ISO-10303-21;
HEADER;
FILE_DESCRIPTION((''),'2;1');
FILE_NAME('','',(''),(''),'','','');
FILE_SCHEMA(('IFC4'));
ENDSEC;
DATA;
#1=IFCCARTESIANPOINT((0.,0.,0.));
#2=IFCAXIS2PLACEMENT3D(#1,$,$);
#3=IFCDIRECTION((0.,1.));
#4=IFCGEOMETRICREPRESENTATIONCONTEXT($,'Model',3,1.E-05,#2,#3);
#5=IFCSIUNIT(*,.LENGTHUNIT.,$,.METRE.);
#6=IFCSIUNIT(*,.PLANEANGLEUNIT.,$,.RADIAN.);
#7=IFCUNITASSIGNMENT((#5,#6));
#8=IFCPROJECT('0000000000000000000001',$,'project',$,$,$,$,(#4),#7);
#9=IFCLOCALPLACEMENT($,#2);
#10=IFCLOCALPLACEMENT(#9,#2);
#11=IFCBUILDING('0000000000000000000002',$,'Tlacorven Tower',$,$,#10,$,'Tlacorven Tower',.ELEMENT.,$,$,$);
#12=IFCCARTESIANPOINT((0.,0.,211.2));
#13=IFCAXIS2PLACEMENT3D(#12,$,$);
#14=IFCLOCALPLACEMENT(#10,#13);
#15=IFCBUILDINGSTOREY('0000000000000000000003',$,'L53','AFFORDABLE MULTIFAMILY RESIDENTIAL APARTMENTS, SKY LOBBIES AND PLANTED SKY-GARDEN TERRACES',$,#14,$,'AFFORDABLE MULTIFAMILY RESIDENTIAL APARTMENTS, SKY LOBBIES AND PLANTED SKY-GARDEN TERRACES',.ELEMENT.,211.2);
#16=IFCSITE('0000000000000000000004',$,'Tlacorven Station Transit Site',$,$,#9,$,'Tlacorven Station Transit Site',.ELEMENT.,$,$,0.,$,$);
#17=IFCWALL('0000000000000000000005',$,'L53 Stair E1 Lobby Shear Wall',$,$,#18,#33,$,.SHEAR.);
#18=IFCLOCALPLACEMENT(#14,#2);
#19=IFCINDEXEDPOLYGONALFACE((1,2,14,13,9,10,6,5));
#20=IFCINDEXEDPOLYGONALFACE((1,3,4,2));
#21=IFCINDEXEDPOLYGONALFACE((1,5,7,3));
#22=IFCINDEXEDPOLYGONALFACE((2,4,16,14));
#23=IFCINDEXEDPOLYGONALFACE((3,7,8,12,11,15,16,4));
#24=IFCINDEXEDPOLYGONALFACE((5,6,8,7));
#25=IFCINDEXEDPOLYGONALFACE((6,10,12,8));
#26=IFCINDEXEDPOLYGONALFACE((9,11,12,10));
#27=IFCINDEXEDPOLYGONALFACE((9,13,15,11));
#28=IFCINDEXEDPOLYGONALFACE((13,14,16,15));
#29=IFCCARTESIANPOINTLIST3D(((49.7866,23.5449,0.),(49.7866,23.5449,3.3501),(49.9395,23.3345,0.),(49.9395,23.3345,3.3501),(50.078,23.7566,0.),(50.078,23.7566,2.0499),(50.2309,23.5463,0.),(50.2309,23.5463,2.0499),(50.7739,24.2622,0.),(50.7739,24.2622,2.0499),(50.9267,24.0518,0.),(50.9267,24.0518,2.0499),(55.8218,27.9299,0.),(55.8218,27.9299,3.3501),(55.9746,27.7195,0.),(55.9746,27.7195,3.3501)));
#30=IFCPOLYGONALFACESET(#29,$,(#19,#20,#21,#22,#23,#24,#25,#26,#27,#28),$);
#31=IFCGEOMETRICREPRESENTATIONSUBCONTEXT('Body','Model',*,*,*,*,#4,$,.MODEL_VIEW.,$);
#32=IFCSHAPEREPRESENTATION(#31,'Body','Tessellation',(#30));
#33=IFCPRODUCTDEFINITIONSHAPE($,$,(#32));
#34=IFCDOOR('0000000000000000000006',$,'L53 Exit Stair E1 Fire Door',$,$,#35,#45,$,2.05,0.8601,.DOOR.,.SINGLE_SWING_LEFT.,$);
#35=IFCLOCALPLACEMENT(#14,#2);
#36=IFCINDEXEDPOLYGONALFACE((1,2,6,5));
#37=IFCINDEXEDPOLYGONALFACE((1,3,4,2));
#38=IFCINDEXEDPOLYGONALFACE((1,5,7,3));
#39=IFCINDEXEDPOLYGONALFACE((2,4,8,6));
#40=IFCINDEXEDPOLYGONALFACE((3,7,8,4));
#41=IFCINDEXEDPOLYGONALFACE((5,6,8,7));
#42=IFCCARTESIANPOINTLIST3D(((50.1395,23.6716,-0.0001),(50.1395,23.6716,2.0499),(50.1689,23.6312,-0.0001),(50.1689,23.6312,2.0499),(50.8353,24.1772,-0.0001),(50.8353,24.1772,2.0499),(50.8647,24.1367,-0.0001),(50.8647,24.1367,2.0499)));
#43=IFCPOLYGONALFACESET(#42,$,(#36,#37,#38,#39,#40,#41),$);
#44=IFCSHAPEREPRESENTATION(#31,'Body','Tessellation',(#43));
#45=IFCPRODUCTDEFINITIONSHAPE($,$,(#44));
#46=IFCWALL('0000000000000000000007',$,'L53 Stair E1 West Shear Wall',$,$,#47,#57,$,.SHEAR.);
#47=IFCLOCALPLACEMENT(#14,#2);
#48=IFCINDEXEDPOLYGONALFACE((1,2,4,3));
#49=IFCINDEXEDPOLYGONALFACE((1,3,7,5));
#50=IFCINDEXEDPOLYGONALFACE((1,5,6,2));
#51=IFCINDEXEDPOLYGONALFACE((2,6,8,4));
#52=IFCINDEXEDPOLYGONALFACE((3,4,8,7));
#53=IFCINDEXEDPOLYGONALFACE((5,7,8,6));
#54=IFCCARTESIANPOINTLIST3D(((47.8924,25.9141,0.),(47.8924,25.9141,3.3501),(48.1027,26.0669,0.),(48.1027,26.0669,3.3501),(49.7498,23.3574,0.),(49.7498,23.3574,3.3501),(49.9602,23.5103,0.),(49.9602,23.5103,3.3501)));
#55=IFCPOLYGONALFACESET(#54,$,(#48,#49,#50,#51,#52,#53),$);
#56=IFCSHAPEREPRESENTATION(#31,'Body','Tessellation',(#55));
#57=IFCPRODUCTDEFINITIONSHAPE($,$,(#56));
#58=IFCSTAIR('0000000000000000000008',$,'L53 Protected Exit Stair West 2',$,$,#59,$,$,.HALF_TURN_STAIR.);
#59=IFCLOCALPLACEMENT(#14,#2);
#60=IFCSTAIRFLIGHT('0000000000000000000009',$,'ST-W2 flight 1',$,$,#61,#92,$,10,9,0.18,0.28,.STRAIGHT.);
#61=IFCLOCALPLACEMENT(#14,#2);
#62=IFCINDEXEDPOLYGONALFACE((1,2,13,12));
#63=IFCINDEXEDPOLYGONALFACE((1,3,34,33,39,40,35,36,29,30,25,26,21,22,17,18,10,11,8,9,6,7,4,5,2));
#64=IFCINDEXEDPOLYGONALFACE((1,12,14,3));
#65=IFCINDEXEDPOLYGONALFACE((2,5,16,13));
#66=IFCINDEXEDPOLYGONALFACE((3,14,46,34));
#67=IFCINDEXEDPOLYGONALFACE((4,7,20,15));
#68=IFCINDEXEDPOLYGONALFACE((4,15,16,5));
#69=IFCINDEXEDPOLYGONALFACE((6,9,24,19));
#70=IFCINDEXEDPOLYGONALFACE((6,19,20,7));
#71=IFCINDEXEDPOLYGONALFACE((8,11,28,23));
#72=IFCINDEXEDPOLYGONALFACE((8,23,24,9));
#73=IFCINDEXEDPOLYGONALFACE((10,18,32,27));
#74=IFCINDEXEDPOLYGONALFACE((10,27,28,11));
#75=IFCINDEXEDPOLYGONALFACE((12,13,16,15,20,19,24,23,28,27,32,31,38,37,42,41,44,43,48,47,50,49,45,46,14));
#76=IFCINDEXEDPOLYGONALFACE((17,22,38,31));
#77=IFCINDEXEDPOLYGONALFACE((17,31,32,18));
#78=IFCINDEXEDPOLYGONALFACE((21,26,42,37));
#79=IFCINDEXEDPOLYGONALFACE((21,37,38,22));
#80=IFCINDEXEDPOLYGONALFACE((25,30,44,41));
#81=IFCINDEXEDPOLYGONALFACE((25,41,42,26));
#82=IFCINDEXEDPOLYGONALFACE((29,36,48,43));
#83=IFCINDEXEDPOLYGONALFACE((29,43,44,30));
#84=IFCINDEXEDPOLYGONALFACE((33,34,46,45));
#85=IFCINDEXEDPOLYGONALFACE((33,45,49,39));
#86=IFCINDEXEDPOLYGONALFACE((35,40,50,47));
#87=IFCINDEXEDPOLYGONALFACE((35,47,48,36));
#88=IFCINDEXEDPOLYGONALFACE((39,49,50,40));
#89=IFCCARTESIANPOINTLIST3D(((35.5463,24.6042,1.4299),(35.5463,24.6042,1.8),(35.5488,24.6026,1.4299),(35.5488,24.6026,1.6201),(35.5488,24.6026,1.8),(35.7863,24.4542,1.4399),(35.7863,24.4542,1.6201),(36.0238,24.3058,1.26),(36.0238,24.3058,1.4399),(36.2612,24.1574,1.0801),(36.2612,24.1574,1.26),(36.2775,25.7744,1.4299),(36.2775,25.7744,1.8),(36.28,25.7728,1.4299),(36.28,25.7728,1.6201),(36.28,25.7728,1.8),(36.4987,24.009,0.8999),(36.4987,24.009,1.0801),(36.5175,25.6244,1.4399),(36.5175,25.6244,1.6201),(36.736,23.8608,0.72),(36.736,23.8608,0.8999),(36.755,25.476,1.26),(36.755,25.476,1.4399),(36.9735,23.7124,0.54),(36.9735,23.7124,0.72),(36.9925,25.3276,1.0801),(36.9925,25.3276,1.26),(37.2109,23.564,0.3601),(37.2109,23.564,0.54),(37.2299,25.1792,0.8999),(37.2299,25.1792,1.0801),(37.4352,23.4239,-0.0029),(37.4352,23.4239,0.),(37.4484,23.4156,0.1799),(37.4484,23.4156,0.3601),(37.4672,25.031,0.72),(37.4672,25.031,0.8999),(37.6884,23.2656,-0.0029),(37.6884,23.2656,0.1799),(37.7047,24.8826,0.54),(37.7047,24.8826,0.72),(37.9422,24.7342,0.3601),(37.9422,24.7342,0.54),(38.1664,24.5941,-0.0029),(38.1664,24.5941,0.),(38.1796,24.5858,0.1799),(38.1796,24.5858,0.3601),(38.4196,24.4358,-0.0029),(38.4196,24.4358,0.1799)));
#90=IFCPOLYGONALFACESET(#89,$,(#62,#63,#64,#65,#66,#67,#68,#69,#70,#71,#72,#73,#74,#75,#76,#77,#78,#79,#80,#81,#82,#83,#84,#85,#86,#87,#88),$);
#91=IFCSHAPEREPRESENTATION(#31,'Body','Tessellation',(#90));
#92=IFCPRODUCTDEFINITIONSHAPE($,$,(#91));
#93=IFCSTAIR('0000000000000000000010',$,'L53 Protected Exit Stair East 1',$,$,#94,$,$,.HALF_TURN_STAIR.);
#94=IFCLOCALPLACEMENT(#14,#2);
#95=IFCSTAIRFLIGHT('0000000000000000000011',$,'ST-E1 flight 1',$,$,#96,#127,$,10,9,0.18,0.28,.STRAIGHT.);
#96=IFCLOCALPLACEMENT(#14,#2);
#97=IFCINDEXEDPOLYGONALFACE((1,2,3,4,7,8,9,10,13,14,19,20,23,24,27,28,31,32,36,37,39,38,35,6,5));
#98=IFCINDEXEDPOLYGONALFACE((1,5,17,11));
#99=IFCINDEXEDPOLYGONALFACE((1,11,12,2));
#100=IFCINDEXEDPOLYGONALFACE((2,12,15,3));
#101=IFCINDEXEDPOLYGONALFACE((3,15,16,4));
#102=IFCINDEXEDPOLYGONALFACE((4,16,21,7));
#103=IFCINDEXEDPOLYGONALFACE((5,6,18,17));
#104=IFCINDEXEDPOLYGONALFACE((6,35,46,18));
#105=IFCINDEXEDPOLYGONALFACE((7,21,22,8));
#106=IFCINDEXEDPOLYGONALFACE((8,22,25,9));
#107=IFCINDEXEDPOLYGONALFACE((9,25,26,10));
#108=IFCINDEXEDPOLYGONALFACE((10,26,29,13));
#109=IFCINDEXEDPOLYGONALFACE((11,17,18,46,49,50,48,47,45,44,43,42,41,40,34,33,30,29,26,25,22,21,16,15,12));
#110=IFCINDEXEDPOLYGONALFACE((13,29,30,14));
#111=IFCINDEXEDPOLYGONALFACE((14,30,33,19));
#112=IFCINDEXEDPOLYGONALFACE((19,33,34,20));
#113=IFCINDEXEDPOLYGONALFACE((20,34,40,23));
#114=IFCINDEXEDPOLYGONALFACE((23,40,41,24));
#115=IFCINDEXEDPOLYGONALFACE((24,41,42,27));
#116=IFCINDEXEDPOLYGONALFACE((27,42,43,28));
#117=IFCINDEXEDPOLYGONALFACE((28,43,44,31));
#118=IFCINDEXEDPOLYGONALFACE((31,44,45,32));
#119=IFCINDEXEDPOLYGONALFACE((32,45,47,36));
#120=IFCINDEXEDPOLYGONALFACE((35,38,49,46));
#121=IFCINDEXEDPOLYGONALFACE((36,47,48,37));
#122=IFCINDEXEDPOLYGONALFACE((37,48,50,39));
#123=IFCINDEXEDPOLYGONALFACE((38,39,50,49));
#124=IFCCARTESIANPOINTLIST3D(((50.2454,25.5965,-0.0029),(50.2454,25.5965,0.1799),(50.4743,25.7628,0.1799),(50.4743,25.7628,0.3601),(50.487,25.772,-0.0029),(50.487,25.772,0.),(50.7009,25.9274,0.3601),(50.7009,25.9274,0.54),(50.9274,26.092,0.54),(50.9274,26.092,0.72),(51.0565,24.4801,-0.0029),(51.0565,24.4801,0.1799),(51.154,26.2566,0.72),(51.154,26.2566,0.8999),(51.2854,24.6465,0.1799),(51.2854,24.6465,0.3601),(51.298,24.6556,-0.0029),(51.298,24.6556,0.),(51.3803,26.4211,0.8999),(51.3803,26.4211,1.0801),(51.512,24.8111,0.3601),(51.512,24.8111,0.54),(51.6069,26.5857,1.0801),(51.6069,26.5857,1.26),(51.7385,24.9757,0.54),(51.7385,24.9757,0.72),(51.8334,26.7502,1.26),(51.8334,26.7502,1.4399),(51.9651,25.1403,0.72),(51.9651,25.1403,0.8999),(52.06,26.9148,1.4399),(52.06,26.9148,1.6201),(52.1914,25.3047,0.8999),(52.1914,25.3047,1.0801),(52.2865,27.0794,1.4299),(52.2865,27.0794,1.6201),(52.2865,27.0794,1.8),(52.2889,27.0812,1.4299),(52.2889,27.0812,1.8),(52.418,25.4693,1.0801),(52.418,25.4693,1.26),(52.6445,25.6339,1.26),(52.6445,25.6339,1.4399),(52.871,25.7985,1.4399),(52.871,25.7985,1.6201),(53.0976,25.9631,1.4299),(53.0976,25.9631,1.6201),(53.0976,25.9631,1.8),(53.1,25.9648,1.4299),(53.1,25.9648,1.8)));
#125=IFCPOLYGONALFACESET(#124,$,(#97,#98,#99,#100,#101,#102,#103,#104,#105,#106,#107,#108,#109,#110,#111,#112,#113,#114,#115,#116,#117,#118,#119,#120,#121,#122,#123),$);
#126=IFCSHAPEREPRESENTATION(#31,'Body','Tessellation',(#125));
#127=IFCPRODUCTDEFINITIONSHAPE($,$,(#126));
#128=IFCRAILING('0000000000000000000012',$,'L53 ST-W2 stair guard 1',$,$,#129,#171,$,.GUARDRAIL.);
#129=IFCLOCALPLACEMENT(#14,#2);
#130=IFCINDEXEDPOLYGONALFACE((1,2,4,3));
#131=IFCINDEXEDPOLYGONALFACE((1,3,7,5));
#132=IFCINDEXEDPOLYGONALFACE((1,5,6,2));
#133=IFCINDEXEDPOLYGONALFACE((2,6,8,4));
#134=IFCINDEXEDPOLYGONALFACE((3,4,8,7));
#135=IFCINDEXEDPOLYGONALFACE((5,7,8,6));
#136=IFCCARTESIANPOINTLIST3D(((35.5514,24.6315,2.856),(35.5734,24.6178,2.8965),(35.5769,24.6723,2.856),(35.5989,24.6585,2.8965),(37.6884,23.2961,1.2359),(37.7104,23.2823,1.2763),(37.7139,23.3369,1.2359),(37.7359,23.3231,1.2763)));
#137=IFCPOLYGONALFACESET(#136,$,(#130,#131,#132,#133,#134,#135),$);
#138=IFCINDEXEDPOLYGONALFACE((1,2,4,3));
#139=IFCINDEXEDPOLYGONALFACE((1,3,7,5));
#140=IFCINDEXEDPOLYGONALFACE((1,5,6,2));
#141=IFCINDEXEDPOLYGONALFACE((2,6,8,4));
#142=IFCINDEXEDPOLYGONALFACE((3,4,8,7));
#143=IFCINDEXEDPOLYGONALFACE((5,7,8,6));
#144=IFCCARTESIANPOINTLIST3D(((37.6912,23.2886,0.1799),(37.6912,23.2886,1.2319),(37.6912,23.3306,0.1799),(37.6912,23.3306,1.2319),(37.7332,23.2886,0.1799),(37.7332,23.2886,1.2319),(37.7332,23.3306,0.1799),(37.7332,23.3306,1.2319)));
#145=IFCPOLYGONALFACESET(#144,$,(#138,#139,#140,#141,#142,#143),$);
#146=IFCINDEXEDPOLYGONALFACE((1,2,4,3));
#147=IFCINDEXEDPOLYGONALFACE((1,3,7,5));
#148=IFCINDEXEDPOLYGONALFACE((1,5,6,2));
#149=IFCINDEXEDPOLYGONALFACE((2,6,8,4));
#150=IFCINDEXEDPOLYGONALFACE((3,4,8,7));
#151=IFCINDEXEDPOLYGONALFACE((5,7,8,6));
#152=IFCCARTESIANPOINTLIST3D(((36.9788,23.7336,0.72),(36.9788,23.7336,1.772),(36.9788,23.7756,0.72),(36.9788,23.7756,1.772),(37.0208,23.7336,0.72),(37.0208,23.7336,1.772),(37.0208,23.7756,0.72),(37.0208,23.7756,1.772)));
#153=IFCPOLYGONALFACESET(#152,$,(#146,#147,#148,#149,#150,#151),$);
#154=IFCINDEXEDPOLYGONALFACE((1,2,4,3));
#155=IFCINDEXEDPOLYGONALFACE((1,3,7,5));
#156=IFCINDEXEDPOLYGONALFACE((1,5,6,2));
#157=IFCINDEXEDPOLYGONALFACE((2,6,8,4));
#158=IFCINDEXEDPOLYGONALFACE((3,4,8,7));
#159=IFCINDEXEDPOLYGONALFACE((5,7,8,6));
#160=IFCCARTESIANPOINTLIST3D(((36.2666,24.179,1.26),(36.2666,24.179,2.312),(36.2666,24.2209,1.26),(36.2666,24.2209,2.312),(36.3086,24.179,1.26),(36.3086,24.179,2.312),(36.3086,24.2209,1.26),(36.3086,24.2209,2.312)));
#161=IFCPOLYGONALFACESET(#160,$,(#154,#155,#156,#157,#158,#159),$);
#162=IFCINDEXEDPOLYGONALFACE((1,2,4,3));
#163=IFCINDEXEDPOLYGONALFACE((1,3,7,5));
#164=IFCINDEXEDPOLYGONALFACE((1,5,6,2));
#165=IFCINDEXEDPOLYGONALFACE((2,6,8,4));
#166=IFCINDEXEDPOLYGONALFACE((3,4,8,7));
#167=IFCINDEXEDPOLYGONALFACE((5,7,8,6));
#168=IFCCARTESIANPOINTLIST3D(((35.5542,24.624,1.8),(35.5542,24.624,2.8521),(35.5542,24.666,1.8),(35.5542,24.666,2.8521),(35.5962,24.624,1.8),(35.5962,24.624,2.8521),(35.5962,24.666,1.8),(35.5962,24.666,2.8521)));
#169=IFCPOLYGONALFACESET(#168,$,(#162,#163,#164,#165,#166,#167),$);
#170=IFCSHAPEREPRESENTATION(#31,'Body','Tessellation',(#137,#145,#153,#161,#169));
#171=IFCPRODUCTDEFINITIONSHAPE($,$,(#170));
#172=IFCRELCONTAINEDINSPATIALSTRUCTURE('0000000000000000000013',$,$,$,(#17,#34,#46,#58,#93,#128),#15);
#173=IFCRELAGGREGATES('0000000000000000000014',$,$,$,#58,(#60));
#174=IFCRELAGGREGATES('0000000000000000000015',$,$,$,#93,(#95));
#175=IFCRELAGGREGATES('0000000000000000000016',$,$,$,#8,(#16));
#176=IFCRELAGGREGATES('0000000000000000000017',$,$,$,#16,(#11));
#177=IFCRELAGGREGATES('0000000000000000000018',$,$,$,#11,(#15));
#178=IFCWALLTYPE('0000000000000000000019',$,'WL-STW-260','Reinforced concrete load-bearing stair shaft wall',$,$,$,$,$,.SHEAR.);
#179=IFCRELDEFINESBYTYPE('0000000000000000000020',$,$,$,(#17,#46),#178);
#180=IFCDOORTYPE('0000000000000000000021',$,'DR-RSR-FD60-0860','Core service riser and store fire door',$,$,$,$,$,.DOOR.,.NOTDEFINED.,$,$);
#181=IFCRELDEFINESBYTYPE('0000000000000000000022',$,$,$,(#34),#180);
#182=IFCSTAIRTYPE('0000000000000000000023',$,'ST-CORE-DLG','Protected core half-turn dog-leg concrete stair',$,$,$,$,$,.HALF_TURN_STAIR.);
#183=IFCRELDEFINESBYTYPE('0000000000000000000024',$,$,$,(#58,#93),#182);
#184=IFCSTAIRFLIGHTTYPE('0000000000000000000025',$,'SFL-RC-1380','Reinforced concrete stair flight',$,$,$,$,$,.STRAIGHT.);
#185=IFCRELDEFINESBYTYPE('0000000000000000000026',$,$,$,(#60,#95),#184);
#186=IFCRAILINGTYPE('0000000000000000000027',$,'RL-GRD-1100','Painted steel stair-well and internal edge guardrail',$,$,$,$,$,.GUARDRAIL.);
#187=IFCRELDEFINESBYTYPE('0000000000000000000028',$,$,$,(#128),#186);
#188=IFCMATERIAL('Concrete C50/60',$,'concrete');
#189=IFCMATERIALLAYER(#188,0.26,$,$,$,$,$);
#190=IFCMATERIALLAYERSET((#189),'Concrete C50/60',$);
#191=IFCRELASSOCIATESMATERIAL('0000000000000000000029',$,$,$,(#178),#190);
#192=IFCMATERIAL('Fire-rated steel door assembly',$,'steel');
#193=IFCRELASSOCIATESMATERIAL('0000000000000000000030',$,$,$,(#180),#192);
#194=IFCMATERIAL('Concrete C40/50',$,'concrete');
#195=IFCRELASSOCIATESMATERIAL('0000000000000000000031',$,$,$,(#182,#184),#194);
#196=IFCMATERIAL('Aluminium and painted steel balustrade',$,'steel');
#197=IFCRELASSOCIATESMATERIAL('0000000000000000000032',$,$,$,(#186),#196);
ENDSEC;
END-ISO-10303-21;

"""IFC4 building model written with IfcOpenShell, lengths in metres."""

from ifc_helpers import new_model, si_unit, direction, frame, frame_2d, origin, origin_2d, place, context, subcontext, project, spatial, polyline, rectangle, outline, extrude, source, transform, mapped, material, layer, layer_set, type_object, element, fill, aggregate, save


model = new_model("IFC4")

# Units and contexts
model_context = context("Model", 3, precision=1e-05, world=origin(), true_north=direction((0.0, 1.0)))
body_context = subcontext(model_context, "Body", "Model", "MODEL_VIEW")
ifc_project = project(units=[si_unit("LENGTHUNIT", "METRE"), si_unit("PLANEANGLEUNIT", "RADIAN")], contexts=[model_context])

# Site, building, storey
site_placement = place(None, origin())
site = spatial("IfcSite", under=ifc_project, at=site_placement, Name="Tlacorven Station Transit Site", LongName="Tlacorven Station Transit Site", CompositionType="ELEMENT", RefElevation=0.0)
building_placement = place(site_placement, origin())
building = spatial("IfcBuilding", under=site, at=building_placement, Name="Tlacorven Tower", LongName="Tlacorven Tower", CompositionType="ELEMENT")
storey_placement = place(building_placement, frame((0.0, 0.0, 211.2)))
storey = spatial("IfcBuildingStorey", under=building, at=storey_placement, Name="L53", Description="AFFORDABLE MULTIFAMILY RESIDENTIAL APARTMENTS, SKY LOBBIES AND PLANTED SKY-GARDEN TERRACES", LongName="AFFORDABLE MULTIFAMILY RESIDENTIAL APARTMENTS, SKY LOBBIES AND PLANTED SKY-GARDEN TERRACES", CompositionType="ELEMENT", Elevation=211.2)

# Shared definitions
ifc_material_1 = material(Name="Concrete C50/60", Category="concrete")
ifc_material_2 = material(Name="Concrete C40/50", Category="concrete")
ifc_layer_1 = layer(ifc_material_1, 0.26)
ifc_layer_set_1 = layer_set([ifc_layer_1], Name="Concrete C50/60")
wall_type_1 = type_object("IfcWallType", Name="WL-STW-260", Description="Reinforced concrete load-bearing stair shaft wall", PredefinedType="SHEAR", material=ifc_layer_set_1)

# Wall, opening, door
wall_1_placement = place(storey_placement, frame((49.863, 23.4397, 0.0), z_axis=(0.0, 0.0, 1.0), x_axis=(0.809003, 0.587804, 0.0)))
wall_1 = element("IfcWall", 1, at=wall_1_placement, inside=storey, type_object=wall_type_1, Name="L53 Stair E1 Lobby Shear Wall", PredefinedType="SHEAR", context=body_context, shape_type="SweptSolid", body=[
    extrude(rectangle(XDim=7.46, YDim=0.26, at=frame_2d((3.73, 0.0))), origin(), (0.0, 0.0, 1.0), 3.3501),
])
opening_placement = place(wall_1_placement, frame((0.3601, 0.0, 0.0)))
opening = element("IfcOpeningElement", 2, at=opening_placement, cuts=wall_1, PredefinedType="OPENING", context=body_context, shape_type="SweptSolid", body=[
    extrude(rectangle(XDim=0.8601, YDim=2.05, at=frame_2d((0.4302, 1.0249))), frame((0.0, 0.1401, 0.0), z_axis=(0.0, -1.0, 0.0), x_axis=(1.0, 0.0, 0.0)), (0.0, 0.0, 1.0), 0.28),
])
ifc_material_3 = material(Name="Fire-rated steel door assembly", Category="steel")
door_type = type_object("IfcDoorType", Name="DR-RSR-FD60-0860", Description="Core service riser and store fire door", OperationType="NOTDEFINED", PredefinedType="DOOR", material=ifc_material_3)
shared_shape_1 = source(origin(), body_context, "Body", "SweptSolid", [
    extrude(rectangle(XDim=0.8601, YDim=2.05, at=frame_2d((0.4302, 1.0249))), frame((0.0, 0.0249, 0.0), z_axis=(0.0, -1.0, 0.0), x_axis=(1.0, 0.0, 0.0)), (0.0, 0.0, 1.0), 0.05),
])
door_placement = place(opening_placement, frame((0.8601, 0.0, 0.0), z_axis=(0.0, 0.0, 1.0), x_axis=(-1.0, 0.0, 0.0)))
door = element("IfcDoor", 3, at=door_placement, inside=storey, type_object=door_type, Name="L53 Exit Stair E1 Fire Door", OperationType="SINGLE_SWING_LEFT", OverallHeight=2.05, OverallWidth=0.8601, PredefinedType="DOOR", context=body_context, shape_type="MappedRepresentation", body=[
    mapped(shared_shape_1, transform((0.0, 0.0, 0.0), scale=1.0)),
])
fill(opening, door)

# Wall
wall_2_placement = place(storey_placement, frame((49.855, 23.4338, 0.0), z_axis=(0.0, 0.0, 1.0), x_axis=(-0.587767, 0.80903, 0.0)))
element("IfcWall", 4, at=wall_2_placement, inside=storey, type_object=wall_type_1, Name="L53 Stair E1 West Shear Wall", PredefinedType="SHEAR", context=body_context, shape_type="SweptSolid", body=[
    extrude(rectangle(XDim=3.1602, YDim=0.26, at=frame_2d((1.5801, 0.0))), origin(), (0.0, 0.0, 1.0), 3.3501),
])

# Stairs, stair flights
stair_type = type_object("IfcStairType", Name="ST-CORE-DLG", Description="Protected core half-turn dog-leg concrete stair", PredefinedType="HALF_TURN_STAIR", material=ifc_material_2)
stair_1_placement = place(storey_placement, origin())
stair_1 = element("IfcStair", 5, at=stair_1_placement, inside=storey, type_object=stair_type, Name="L53 Protected Exit Stair West 2", PredefinedType="HALF_TURN_STAIR")
stair_flight_type = type_object("IfcStairFlightType", Name="SFL-RC-1380", Description="Reinforced concrete stair flight", PredefinedType="STRAIGHT", material=ifc_material_2)
shared_shape_2 = source(origin(), body_context, "Body", "SweptSolid", [
    extrude(outline(polyline([(-0.0029, -0.0029), (-0.0029, 0.1799), (0.28, 0.1799), (0.28, 0.3601), (0.5601, 0.3601), (0.5601, 0.54), (0.8401, 0.54), (0.8401, 0.72), (1.1201, 0.72), (1.1201, 0.8999), (1.3999, 0.8999), (1.3999, 1.0801), (1.6799, 1.0801), (1.6799, 1.26), (1.96, 1.26), (1.96, 1.4399), (2.24, 1.4399), (2.24, 1.6201), (2.52, 1.6201), (2.52, 1.8), (2.5229, 1.8), (2.5229, 1.4299), (2.52, 1.4299), (0.2957, 0.0), (0.2957, -0.0029), (-0.0029, -0.0029)])), frame((0.0, 0.6899, 0.0), z_axis=(0.0, -1.0, 0.0), x_axis=(1.0, 0.0, 0.0)), (0.0, 0.0, 1.0), 1.3799),
])
stair_flight_1_placement = place(storey_placement, frame((38.0515, 23.8523, 0.0), z_axis=(0.0, 0.0, 1.0), x_axis=(-0.848048, 0.529919, 0.0)))
stair_flight_1 = element("IfcStairFlight", 6, at=stair_flight_1_placement, type_object=stair_flight_type, Name="ST-W2 flight 1", NumberOfRisers=10, NumberOfTreads=9, PredefinedType="STRAIGHT", RiserHeight=0.18, TreadLength=0.28, context=body_context, shape_type="MappedRepresentation", body=[
    mapped(shared_shape_2, transform((0.0, 0.0, 0.0), scale=1.0)),
])
aggregate(stair_1, [stair_flight_1])
stair_2_placement = place(storey_placement, origin())
stair_2 = element("IfcStair", 7, at=stair_2_placement, inside=storey, type_object=stair_type, Name="L53 Protected Exit Stair East 1", PredefinedType="HALF_TURN_STAIR")
stair_flight_2_placement = place(storey_placement, frame((50.6533, 25.04, 0.0), z_axis=(0.0, 0.0, 1.0), x_axis=(0.809017, 0.587785, 0.0)))
stair_flight_2 = element("IfcStairFlight", 8, at=stair_flight_2_placement, type_object=stair_flight_type, Name="ST-E1 flight 1", NumberOfRisers=10, NumberOfTreads=9, PredefinedType="STRAIGHT", RiserHeight=0.18, TreadLength=0.28, context=body_context, shape_type="MappedRepresentation", body=[
    mapped(shared_shape_2, transform((0.0, 0.0, 0.0), scale=1.0)),
])
aggregate(stair_2, [stair_flight_2])

# Railing
ifc_material_4 = material(Name="Aluminium and painted steel balustrade", Category="steel")
railing_type_1 = type_object("IfcRailingType", Name="RL-GRD-1100", Description="Painted steel stair-well and internal edge guardrail", PredefinedType="GUARDRAIL", material=ifc_material_4)
shared_shape_3 = source(origin(), body_context, "Body", "SweptSolid", [
    extrude(rectangle(XDim=0.0481, YDim=0.0481, at=origin_2d()), frame((0.0, 0.0, 1.0762), z_axis=(-0.71332, 0.445774, 0.540796), x_axis=(-0.529955, -0.848026, 0.0)), (0.0, 0.0, 1.0), 2.9958),
    extrude(rectangle(XDim=0.042, YDim=0.042, at=origin_2d()), origin(), (0.0, 0.0, 1.0), 1.052),
    extrude(rectangle(XDim=0.042, YDim=0.042, at=origin_2d()), frame((-0.7124, 0.4451, 0.54)), (0.0, 0.0, 1.0), 1.052),
    extrude(rectangle(XDim=0.042, YDim=0.042, at=origin_2d()), frame((-1.4246, 0.8904, 1.0801)), (0.0, 0.0, 1.0), 1.052),
    extrude(rectangle(XDim=0.042, YDim=0.042, at=origin_2d()), frame((-2.137, 1.3354, 1.6201)), (0.0, 0.0, 1.0), 1.052),
])
railing_1_placement = place(storey_placement, frame((37.7122, 23.3096, 0.1799)))
element("IfcRailing", 9, at=railing_1_placement, inside=storey, type_object=railing_type_1, Name="L53 ST-W2 stair guard 1", PredefinedType="GUARDRAIL", context=body_context, shape_type="MappedRepresentation", body=[
    mapped(shared_shape_3, transform((0.0, 0.0, 0.0), scale=1.0)),
])

save(model, "model.ifc")
